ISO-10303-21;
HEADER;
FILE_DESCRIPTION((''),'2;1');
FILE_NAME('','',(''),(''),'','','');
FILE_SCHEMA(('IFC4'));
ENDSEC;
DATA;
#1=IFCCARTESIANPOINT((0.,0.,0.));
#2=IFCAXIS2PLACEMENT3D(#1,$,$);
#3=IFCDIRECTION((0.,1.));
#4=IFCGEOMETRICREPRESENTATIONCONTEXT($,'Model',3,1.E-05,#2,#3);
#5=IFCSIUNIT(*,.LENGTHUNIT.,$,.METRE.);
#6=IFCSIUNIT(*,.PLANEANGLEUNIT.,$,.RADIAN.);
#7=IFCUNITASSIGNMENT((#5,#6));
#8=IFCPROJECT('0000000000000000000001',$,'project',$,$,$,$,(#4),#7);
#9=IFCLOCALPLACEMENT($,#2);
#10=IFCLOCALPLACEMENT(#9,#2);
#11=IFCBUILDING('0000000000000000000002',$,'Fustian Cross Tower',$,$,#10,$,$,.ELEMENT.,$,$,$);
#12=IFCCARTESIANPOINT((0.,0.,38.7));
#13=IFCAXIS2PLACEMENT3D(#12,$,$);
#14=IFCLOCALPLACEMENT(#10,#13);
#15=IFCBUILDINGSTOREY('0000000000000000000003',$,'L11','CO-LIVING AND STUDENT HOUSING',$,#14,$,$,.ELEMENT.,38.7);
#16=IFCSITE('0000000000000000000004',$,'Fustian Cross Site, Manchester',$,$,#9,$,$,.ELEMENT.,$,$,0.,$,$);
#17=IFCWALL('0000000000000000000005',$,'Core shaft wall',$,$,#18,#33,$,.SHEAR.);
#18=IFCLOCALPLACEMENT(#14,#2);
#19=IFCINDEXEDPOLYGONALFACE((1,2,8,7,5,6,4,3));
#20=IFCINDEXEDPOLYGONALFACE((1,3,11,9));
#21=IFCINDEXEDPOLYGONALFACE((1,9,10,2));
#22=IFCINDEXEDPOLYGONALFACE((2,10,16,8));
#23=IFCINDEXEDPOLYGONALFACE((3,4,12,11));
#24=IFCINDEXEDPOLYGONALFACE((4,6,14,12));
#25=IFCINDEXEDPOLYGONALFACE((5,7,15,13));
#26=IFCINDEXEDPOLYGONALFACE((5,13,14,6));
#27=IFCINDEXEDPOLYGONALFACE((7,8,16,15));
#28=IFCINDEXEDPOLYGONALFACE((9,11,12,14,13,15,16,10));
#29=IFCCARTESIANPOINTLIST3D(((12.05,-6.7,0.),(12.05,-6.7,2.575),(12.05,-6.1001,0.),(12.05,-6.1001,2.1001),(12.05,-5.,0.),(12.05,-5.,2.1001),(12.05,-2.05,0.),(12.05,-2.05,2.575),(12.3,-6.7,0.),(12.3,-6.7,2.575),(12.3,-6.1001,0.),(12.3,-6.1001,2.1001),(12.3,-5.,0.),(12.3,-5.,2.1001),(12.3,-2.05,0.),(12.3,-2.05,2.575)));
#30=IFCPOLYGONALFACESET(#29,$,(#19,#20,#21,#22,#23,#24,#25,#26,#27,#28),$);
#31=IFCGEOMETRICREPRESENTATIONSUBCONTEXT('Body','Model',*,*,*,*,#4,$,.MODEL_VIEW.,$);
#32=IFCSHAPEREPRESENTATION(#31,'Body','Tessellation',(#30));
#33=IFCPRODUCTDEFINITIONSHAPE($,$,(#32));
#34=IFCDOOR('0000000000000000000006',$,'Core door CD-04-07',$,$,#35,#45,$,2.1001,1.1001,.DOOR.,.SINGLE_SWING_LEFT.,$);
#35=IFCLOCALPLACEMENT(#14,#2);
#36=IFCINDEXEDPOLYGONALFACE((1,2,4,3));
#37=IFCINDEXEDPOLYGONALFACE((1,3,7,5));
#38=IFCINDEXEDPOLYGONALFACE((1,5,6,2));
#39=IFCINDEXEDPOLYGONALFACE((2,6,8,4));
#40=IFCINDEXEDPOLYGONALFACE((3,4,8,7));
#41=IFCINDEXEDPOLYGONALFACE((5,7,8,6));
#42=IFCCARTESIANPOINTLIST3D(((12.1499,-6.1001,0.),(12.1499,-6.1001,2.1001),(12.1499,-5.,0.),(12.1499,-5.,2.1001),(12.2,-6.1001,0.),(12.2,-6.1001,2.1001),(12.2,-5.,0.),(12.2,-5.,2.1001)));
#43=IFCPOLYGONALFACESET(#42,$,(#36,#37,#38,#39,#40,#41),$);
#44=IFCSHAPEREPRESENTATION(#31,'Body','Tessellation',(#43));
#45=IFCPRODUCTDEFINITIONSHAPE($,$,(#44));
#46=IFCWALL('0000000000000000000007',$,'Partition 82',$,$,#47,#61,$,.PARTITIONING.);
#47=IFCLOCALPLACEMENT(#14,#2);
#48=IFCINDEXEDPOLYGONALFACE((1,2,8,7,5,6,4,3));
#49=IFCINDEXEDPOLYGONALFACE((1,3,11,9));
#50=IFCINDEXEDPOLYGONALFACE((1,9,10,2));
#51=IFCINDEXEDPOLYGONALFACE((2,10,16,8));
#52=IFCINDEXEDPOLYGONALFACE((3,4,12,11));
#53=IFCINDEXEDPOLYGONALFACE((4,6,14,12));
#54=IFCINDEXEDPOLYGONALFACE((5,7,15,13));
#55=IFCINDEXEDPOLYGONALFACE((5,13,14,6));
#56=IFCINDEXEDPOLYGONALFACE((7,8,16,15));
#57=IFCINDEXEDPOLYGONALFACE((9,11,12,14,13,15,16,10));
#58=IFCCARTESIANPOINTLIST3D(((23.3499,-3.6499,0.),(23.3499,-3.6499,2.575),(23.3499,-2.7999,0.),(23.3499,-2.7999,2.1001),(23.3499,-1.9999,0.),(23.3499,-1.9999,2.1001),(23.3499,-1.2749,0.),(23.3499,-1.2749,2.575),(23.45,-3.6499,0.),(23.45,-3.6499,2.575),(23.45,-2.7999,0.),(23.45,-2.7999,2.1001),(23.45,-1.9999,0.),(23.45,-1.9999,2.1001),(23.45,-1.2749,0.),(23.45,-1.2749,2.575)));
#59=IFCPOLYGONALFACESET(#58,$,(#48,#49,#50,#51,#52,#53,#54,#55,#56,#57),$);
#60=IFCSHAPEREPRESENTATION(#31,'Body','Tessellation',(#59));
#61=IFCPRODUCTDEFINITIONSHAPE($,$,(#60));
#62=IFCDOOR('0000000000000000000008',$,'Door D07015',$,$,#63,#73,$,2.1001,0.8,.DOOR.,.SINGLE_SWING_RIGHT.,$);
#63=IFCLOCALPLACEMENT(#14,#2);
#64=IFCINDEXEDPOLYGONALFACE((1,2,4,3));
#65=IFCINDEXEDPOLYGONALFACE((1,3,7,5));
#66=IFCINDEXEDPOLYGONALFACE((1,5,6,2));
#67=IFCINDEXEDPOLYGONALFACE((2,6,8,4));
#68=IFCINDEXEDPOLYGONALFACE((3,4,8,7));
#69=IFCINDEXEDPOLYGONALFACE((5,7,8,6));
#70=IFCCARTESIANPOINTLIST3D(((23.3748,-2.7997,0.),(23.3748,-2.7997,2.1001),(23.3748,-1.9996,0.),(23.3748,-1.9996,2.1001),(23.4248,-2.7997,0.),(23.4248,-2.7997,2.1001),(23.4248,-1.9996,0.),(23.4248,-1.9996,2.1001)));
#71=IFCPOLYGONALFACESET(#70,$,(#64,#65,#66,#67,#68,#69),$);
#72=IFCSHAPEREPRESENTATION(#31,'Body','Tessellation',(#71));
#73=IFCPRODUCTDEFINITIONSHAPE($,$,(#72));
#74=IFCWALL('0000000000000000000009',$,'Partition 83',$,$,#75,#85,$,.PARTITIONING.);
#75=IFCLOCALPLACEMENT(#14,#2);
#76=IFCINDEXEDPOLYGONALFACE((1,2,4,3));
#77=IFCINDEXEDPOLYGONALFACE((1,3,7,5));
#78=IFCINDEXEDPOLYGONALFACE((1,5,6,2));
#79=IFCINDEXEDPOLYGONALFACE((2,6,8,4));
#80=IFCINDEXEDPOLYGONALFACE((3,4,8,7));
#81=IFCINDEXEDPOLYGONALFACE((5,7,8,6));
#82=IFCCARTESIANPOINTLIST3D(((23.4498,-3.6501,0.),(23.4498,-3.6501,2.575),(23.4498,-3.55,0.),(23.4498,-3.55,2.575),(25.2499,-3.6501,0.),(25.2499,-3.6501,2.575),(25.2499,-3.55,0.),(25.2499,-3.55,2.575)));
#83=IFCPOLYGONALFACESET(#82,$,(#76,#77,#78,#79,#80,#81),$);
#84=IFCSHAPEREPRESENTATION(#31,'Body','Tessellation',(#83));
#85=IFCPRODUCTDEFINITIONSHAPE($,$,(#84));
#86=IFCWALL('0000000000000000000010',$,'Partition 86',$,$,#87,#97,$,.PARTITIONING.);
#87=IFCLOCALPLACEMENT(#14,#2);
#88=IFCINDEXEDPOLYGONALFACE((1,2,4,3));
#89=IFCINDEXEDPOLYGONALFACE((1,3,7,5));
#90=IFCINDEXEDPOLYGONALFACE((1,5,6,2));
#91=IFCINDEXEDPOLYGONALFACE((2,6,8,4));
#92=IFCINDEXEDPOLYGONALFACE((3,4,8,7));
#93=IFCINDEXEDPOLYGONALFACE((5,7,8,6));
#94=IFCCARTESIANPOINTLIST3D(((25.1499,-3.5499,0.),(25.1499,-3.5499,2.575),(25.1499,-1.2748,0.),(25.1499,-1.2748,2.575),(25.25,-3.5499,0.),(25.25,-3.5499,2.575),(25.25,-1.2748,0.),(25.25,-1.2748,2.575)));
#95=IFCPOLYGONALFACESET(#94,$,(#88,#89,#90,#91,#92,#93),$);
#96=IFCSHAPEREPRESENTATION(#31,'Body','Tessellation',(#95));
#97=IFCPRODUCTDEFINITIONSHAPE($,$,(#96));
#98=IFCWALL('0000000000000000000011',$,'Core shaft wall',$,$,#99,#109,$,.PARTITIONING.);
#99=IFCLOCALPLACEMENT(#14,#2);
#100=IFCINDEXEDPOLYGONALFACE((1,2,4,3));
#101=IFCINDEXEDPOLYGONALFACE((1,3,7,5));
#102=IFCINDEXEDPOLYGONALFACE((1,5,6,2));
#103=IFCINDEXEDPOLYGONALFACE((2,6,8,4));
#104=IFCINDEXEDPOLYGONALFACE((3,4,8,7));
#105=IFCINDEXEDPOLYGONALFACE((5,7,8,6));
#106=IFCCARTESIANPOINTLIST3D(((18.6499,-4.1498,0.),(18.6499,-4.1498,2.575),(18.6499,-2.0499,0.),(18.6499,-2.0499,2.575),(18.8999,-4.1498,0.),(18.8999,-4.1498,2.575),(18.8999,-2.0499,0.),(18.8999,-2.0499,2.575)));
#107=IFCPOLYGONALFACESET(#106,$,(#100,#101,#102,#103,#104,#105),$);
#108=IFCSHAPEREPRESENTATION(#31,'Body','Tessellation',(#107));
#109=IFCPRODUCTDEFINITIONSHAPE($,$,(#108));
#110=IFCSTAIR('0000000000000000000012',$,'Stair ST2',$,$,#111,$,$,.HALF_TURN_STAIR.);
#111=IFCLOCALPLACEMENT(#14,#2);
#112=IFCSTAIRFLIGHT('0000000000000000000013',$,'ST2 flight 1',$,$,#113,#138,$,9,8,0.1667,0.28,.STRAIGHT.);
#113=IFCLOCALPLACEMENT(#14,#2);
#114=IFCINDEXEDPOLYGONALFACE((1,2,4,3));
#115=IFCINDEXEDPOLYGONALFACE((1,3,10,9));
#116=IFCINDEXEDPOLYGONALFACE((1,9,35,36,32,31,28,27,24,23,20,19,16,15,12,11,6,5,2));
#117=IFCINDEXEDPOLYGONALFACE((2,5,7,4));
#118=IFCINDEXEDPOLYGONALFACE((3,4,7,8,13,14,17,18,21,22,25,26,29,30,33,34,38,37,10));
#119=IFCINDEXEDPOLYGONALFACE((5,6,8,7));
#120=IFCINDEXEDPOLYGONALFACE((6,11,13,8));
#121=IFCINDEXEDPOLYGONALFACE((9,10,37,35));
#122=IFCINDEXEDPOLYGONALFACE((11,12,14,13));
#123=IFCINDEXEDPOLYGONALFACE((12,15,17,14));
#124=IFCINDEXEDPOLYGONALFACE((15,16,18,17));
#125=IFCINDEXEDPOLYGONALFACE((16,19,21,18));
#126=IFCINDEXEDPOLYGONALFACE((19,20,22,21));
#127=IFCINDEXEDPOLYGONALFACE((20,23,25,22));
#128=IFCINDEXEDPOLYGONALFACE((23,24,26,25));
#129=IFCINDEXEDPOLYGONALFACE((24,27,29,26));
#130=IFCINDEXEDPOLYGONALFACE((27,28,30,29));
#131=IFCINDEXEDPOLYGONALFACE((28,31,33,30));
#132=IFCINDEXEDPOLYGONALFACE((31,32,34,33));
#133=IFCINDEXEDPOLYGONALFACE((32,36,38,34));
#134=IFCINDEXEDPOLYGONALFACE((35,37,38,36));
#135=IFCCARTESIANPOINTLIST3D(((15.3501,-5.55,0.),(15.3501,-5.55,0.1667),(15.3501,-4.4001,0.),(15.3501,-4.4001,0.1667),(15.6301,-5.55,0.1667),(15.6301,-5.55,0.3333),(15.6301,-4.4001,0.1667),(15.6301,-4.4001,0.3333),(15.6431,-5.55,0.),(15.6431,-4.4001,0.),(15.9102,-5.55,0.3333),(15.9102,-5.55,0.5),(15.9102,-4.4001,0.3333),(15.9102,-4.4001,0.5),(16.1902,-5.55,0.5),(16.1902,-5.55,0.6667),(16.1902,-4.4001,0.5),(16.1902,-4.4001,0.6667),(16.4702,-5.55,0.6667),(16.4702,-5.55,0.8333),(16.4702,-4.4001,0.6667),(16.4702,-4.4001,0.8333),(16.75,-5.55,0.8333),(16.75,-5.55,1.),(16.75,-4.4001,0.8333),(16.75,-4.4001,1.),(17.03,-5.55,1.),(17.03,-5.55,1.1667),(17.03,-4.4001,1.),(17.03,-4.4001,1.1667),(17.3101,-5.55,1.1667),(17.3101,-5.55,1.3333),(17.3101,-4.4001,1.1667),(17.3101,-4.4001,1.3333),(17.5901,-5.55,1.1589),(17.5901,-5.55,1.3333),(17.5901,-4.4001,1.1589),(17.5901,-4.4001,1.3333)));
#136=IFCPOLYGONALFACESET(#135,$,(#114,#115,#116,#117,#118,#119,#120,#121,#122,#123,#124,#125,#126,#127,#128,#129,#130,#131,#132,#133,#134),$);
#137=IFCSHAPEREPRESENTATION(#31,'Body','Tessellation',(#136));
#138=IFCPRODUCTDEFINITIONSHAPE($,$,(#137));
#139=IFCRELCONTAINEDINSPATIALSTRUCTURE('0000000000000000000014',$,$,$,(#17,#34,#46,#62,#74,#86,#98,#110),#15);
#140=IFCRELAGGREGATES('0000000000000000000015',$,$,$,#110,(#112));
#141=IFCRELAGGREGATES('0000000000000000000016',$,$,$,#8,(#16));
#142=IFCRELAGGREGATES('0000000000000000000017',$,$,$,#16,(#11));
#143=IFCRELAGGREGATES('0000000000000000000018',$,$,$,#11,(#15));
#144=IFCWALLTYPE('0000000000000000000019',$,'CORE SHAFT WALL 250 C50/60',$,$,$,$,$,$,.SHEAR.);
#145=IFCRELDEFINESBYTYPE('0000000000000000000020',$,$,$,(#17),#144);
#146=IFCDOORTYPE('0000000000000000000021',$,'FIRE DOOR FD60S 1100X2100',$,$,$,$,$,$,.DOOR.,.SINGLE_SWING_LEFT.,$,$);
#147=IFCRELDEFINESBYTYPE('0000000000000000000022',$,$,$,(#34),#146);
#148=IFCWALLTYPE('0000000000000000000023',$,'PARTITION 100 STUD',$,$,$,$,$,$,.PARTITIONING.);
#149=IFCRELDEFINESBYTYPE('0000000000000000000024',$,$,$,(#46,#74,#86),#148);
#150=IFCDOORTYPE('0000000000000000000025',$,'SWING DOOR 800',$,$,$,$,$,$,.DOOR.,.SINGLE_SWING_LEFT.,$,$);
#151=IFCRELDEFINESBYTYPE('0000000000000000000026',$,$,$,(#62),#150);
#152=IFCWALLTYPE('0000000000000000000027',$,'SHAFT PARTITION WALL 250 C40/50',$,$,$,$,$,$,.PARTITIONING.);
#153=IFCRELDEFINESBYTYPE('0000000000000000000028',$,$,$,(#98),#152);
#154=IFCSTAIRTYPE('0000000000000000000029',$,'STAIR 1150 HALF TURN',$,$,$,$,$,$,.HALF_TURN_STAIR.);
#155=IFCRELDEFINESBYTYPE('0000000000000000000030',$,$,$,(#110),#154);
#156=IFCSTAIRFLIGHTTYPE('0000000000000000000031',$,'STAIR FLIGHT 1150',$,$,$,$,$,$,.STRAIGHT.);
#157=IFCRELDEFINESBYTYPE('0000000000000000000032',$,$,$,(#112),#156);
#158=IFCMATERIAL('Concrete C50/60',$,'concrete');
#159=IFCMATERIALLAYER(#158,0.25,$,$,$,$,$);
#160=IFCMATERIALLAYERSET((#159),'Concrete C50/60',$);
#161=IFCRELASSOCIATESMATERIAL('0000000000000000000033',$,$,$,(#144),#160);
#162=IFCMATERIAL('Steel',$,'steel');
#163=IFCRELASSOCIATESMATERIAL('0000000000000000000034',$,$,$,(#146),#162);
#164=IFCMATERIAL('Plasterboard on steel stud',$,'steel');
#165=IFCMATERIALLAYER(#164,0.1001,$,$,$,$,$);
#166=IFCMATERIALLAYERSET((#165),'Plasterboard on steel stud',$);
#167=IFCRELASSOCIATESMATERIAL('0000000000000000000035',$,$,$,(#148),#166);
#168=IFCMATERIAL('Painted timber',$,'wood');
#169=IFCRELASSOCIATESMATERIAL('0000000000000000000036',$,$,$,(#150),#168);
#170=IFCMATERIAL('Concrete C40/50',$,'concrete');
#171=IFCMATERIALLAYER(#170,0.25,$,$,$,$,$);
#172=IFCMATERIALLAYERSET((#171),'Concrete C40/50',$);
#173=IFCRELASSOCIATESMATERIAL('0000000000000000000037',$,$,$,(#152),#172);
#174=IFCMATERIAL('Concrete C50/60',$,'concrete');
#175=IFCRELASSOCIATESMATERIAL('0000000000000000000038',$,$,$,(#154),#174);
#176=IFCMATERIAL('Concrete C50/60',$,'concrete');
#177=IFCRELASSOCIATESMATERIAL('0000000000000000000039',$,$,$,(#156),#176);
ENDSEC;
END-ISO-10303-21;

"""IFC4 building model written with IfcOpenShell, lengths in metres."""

from ifc_helpers import new_model, si_unit, direction, frame, frame_2d, origin, place, context, subcontext, project, spatial, polyline, rectangle, outline, extrude, material, layer, layer_set, type_object, element, fill, aggregate, save


model = new_model("IFC4")

# Units and contexts
model_context = context("Model", 3, precision=1e-05, world=origin(), true_north=direction((0.0, 1.0)))
body_context = subcontext(model_context, "Body", "Model", "MODEL_VIEW")
ifc_project = project(units=[si_unit("LENGTHUNIT", "METRE"), si_unit("PLANEANGLEUNIT", "RADIAN")], contexts=[model_context])

# Site, building, storey
site_placement = place(None, origin())
site = spatial("IfcSite", under=ifc_project, at=site_placement, Name="Fustian Cross Site, Manchester", CompositionType="ELEMENT", RefElevation=0.0)
building_placement = place(site_placement, origin())
building = spatial("IfcBuilding", under=site, at=building_placement, Name="Fustian Cross Tower", CompositionType="ELEMENT")
storey_placement = place(building_placement, frame((0.0, 0.0, 38.7)))
storey = spatial("IfcBuildingStorey", under=building, at=storey_placement, Name="L11", Description="CO-LIVING AND STUDENT HOUSING", CompositionType="ELEMENT", Elevation=38.7)

# Shared definitions
ifc_material_1 = material(Name="Concrete C50/60", Category="concrete")
ifc_layer_1 = layer(ifc_material_1, 0.25)
ifc_layer_set_1 = layer_set([ifc_layer_1], Name="Concrete C50/60")
wall_type_1 = type_object("IfcWallType", Name="CORE SHAFT WALL 250 C50/60", PredefinedType="SHEAR", material=ifc_layer_set_1)

# Walls, openings, doors
wall_1_placement = place(storey_placement, frame((12.175, -2.05, 0.0), z_axis=(0.0, 0.0, 1.0), x_axis=(0.0, -1.0, 0.0)))
wall_1 = element("IfcWall", 1, at=wall_1_placement, inside=storey, type_object=wall_type_1, Name="Core shaft wall", PredefinedType="SHEAR", context=body_context, shape_type="SweptSolid", body=[
    extrude(rectangle(XDim=4.6499, YDim=0.25, at=frame_2d((2.325, 0.0))), origin(), (0.0, 0.0, 1.0), 2.575),
])
opening_1_placement = place(wall_1_placement, frame((2.95, 0.0, 0.0)))
opening_1 = element("IfcOpeningElement", 2, at=opening_1_placement, cuts=wall_1, PredefinedType="OPENING", context=body_context, shape_type="SweptSolid", body=[
    extrude(rectangle(XDim=1.1001, YDim=2.1001, at=frame_2d((0.55, 1.05))), frame((0.0, 0.135, 0.0), z_axis=(0.0, -1.0, 0.0), x_axis=(1.0, 0.0, 0.0)), (0.0, 0.0, 1.0), 0.27),
])
ifc_material_2 = material(Name="Steel", Category="steel")
door_type_1 = type_object("IfcDoorType", Name="FIRE DOOR FD60S 1100X2100", OperationType="SINGLE_SWING_LEFT", PredefinedType="DOOR", material=ifc_material_2)
door_1_placement = place(opening_1_placement, origin())
door_1 = element("IfcDoor", 3, at=door_1_placement, inside=storey, type_object=door_type_1, Name="Core door CD-04-07", OperationType="SINGLE_SWING_LEFT", OverallHeight=2.1001, OverallWidth=1.1001, PredefinedType="DOOR", context=body_context, shape_type="SweptSolid", body=[
    extrude(rectangle(XDim=1.1001, YDim=2.1001, at=frame_2d((0.55, 1.05))), frame((0.0, 0.0249, 0.0), z_axis=(0.0, -1.0, 0.0), x_axis=(1.0, 0.0, 0.0)), (0.0, 0.0, 1.0), 0.05),
])
fill(opening_1, door_1)
ifc_material_3 = material(Name="Plasterboard on steel stud", Category="steel")
ifc_layer_2 = layer(ifc_material_3, 0.1001)
ifc_layer_set_2 = layer_set([ifc_layer_2], Name="Plasterboard on steel stud")
wall_type_2 = type_object("IfcWallType", Name="PARTITION 100 STUD", PredefinedType="PARTITIONING", material=ifc_layer_set_2)
wall_2_placement = place(storey_placement, frame((23.3999, -3.6499, 0.0), z_axis=(0.0, 0.0, 1.0), x_axis=(0.0, 1.0, 0.0)))
wall_2 = element("IfcWall", 4, at=wall_2_placement, inside=storey, type_object=wall_type_2, Name="Partition 82", PredefinedType="PARTITIONING", context=body_context, shape_type="SweptSolid", body=[
    extrude(rectangle(XDim=2.375, YDim=0.1001, at=frame_2d((1.1875, 0.0))), origin(), (0.0, 0.0, 1.0), 2.575),
])
opening_2_placement = place(wall_2_placement, frame((0.8501, 0.0, 0.0)))
opening_2 = element("IfcOpeningElement", 5, at=opening_2_placement, cuts=wall_2, PredefinedType="OPENING", context=body_context, shape_type="SweptSolid", body=[
    extrude(rectangle(XDim=0.8, YDim=2.1001, at=frame_2d((0.3999, 1.05))), frame((0.0, 0.0601, 0.0), z_axis=(0.0, -1.0, 0.0), x_axis=(1.0, 0.0, 0.0)), (0.0, 0.0, 1.0), 0.1201),
])
ifc_material_4 = material(Name="Painted timber", Category="wood")
door_type_2 = type_object("IfcDoorType", Name="SWING DOOR 800", OperationType="SINGLE_SWING_LEFT", PredefinedType="DOOR", material=ifc_material_4)
door_2_placement = place(opening_2_placement, frame((0.8, 0.0, 0.0), z_axis=(0.0, 0.0, 1.0), x_axis=(-1.0, 0.0, 0.0)))
door_2 = element("IfcDoor", 6, at=door_2_placement, inside=storey, type_object=door_type_2, Name="Door D07015", OperationType="SINGLE_SWING_RIGHT", OverallHeight=2.1001, OverallWidth=0.8, PredefinedType="DOOR", context=body_context, shape_type="SweptSolid", body=[
    extrude(rectangle(XDim=0.8, YDim=2.1001, at=frame_2d((0.3999, 1.05))), frame((0.0, 0.0249, 0.0), z_axis=(0.0, -1.0, 0.0), x_axis=(1.0, 0.0, 0.0)), (0.0, 0.0, 1.0), 0.05),
])
fill(opening_2, door_2)

# Walls
wall_3_placement = place(storey_placement, frame((23.45, -3.6001, 0.0), z_axis=(0.0, 0.0, 1.0), x_axis=(1.0, 0.0, 0.0)))
element("IfcWall", 7, at=wall_3_placement, inside=storey, type_object=wall_type_2, Name="Partition 83", PredefinedType="PARTITIONING", context=body_context, shape_type="SweptSolid", body=[
    extrude(rectangle(XDim=1.8, YDim=0.1001, at=frame_2d((0.8999, 0.0))), origin(), (0.0, 0.0, 1.0), 2.575),
])
wall_4_placement = place(storey_placement, frame((25.2, -3.55, 0.0), z_axis=(0.0, 0.0, 1.0), x_axis=(0.0, 1.0, 0.0)))
element("IfcWall", 8, at=wall_4_placement, inside=storey, type_object=wall_type_2, Name="Partition 86", PredefinedType="PARTITIONING", context=body_context, shape_type="SweptSolid", body=[
    extrude(rectangle(XDim=2.2751, YDim=0.1001, at=frame_2d((1.1377, 0.0))), origin(), (0.0, 0.0, 1.0), 2.575),
])
ifc_material_5 = material(Name="Concrete C40/50", Category="concrete")
ifc_layer_3 = layer(ifc_material_5, 0.25)
ifc_layer_set_3 = layer_set([ifc_layer_3], Name="Concrete C40/50")
wall_type_3 = type_object("IfcWallType", Name="SHAFT PARTITION WALL 250 C40/50", PredefinedType="PARTITIONING", material=ifc_layer_set_3)
wall_5_placement = place(storey_placement, frame((18.7749, -2.05, 0.0), z_axis=(0.0, 0.0, 1.0), x_axis=(0.0, -1.0, 0.0)))
element("IfcWall", 9, at=wall_5_placement, inside=storey, type_object=wall_type_3, Name="Core shaft wall", PredefinedType="PARTITIONING", context=body_context, shape_type="SweptSolid", body=[
    extrude(rectangle(XDim=2.0999, YDim=0.25, at=frame_2d((1.0498, 0.0))), origin(), (0.0, 0.0, 1.0), 2.575),
])

# Stair, stair flight
ifc_material_6 = material(Name="Concrete C50/60", Category="concrete")
stair_type = type_object("IfcStairType", Name="STAIR 1150 HALF TURN", PredefinedType="HALF_TURN_STAIR", material=ifc_material_6)
stair_placement = place(storey_placement, origin())
stair = element("IfcStair", 10, at=stair_placement, inside=storey, type_object=stair_type, Name="Stair ST2", PredefinedType="HALF_TURN_STAIR")
ifc_material_7 = material(Name="Concrete C50/60", Category="concrete")
stair_flight_type = type_object("IfcStairFlightType", Name="STAIR FLIGHT 1150", PredefinedType="STRAIGHT", material=ifc_material_7)
stair_flight_placement = place(storey_placement, frame((15.3501, -4.9751, 0.0), z_axis=(0.0, 0.0, 1.0), x_axis=(1.0, 0.0, 0.0)))
stair_flight = element("IfcStairFlight", 11, at=stair_flight_placement, type_object=stair_flight_type, Name="ST2 flight 1", NumberOfRisers=9, NumberOfTreads=8, PredefinedType="STRAIGHT", RiserHeight=0.1667, TreadLength=0.28, context=body_context, shape_type="SweptSolid", body=[
    extrude(outline(polyline([(0.0, 0.0), (0.0, 0.1667), (0.28, 0.1667), (0.28, 0.3333), (0.5601, 0.3333), (0.5601, 0.5), (0.8401, 0.5), (0.8401, 0.6667), (1.1201, 0.6667), (1.1201, 0.8333), (1.3999, 0.8333), (1.3999, 1.0), (1.6799, 1.0), (1.6799, 1.1667), (1.96, 1.1667), (1.96, 1.3333), (2.24, 1.3333), (2.24, 1.5), (2.24, 1.1589), (0.293, 0.0), (0.0, 0.0)])), frame((0.0, 0.575, 0.0), z_axis=(0.0, -1.0, 0.0), x_axis=(1.0, 0.0, 0.0)), (0.0, 0.0, 1.0), 1.1499),
])
aggregate(stair, [stair_flight])

save(model, "model.ifc")
